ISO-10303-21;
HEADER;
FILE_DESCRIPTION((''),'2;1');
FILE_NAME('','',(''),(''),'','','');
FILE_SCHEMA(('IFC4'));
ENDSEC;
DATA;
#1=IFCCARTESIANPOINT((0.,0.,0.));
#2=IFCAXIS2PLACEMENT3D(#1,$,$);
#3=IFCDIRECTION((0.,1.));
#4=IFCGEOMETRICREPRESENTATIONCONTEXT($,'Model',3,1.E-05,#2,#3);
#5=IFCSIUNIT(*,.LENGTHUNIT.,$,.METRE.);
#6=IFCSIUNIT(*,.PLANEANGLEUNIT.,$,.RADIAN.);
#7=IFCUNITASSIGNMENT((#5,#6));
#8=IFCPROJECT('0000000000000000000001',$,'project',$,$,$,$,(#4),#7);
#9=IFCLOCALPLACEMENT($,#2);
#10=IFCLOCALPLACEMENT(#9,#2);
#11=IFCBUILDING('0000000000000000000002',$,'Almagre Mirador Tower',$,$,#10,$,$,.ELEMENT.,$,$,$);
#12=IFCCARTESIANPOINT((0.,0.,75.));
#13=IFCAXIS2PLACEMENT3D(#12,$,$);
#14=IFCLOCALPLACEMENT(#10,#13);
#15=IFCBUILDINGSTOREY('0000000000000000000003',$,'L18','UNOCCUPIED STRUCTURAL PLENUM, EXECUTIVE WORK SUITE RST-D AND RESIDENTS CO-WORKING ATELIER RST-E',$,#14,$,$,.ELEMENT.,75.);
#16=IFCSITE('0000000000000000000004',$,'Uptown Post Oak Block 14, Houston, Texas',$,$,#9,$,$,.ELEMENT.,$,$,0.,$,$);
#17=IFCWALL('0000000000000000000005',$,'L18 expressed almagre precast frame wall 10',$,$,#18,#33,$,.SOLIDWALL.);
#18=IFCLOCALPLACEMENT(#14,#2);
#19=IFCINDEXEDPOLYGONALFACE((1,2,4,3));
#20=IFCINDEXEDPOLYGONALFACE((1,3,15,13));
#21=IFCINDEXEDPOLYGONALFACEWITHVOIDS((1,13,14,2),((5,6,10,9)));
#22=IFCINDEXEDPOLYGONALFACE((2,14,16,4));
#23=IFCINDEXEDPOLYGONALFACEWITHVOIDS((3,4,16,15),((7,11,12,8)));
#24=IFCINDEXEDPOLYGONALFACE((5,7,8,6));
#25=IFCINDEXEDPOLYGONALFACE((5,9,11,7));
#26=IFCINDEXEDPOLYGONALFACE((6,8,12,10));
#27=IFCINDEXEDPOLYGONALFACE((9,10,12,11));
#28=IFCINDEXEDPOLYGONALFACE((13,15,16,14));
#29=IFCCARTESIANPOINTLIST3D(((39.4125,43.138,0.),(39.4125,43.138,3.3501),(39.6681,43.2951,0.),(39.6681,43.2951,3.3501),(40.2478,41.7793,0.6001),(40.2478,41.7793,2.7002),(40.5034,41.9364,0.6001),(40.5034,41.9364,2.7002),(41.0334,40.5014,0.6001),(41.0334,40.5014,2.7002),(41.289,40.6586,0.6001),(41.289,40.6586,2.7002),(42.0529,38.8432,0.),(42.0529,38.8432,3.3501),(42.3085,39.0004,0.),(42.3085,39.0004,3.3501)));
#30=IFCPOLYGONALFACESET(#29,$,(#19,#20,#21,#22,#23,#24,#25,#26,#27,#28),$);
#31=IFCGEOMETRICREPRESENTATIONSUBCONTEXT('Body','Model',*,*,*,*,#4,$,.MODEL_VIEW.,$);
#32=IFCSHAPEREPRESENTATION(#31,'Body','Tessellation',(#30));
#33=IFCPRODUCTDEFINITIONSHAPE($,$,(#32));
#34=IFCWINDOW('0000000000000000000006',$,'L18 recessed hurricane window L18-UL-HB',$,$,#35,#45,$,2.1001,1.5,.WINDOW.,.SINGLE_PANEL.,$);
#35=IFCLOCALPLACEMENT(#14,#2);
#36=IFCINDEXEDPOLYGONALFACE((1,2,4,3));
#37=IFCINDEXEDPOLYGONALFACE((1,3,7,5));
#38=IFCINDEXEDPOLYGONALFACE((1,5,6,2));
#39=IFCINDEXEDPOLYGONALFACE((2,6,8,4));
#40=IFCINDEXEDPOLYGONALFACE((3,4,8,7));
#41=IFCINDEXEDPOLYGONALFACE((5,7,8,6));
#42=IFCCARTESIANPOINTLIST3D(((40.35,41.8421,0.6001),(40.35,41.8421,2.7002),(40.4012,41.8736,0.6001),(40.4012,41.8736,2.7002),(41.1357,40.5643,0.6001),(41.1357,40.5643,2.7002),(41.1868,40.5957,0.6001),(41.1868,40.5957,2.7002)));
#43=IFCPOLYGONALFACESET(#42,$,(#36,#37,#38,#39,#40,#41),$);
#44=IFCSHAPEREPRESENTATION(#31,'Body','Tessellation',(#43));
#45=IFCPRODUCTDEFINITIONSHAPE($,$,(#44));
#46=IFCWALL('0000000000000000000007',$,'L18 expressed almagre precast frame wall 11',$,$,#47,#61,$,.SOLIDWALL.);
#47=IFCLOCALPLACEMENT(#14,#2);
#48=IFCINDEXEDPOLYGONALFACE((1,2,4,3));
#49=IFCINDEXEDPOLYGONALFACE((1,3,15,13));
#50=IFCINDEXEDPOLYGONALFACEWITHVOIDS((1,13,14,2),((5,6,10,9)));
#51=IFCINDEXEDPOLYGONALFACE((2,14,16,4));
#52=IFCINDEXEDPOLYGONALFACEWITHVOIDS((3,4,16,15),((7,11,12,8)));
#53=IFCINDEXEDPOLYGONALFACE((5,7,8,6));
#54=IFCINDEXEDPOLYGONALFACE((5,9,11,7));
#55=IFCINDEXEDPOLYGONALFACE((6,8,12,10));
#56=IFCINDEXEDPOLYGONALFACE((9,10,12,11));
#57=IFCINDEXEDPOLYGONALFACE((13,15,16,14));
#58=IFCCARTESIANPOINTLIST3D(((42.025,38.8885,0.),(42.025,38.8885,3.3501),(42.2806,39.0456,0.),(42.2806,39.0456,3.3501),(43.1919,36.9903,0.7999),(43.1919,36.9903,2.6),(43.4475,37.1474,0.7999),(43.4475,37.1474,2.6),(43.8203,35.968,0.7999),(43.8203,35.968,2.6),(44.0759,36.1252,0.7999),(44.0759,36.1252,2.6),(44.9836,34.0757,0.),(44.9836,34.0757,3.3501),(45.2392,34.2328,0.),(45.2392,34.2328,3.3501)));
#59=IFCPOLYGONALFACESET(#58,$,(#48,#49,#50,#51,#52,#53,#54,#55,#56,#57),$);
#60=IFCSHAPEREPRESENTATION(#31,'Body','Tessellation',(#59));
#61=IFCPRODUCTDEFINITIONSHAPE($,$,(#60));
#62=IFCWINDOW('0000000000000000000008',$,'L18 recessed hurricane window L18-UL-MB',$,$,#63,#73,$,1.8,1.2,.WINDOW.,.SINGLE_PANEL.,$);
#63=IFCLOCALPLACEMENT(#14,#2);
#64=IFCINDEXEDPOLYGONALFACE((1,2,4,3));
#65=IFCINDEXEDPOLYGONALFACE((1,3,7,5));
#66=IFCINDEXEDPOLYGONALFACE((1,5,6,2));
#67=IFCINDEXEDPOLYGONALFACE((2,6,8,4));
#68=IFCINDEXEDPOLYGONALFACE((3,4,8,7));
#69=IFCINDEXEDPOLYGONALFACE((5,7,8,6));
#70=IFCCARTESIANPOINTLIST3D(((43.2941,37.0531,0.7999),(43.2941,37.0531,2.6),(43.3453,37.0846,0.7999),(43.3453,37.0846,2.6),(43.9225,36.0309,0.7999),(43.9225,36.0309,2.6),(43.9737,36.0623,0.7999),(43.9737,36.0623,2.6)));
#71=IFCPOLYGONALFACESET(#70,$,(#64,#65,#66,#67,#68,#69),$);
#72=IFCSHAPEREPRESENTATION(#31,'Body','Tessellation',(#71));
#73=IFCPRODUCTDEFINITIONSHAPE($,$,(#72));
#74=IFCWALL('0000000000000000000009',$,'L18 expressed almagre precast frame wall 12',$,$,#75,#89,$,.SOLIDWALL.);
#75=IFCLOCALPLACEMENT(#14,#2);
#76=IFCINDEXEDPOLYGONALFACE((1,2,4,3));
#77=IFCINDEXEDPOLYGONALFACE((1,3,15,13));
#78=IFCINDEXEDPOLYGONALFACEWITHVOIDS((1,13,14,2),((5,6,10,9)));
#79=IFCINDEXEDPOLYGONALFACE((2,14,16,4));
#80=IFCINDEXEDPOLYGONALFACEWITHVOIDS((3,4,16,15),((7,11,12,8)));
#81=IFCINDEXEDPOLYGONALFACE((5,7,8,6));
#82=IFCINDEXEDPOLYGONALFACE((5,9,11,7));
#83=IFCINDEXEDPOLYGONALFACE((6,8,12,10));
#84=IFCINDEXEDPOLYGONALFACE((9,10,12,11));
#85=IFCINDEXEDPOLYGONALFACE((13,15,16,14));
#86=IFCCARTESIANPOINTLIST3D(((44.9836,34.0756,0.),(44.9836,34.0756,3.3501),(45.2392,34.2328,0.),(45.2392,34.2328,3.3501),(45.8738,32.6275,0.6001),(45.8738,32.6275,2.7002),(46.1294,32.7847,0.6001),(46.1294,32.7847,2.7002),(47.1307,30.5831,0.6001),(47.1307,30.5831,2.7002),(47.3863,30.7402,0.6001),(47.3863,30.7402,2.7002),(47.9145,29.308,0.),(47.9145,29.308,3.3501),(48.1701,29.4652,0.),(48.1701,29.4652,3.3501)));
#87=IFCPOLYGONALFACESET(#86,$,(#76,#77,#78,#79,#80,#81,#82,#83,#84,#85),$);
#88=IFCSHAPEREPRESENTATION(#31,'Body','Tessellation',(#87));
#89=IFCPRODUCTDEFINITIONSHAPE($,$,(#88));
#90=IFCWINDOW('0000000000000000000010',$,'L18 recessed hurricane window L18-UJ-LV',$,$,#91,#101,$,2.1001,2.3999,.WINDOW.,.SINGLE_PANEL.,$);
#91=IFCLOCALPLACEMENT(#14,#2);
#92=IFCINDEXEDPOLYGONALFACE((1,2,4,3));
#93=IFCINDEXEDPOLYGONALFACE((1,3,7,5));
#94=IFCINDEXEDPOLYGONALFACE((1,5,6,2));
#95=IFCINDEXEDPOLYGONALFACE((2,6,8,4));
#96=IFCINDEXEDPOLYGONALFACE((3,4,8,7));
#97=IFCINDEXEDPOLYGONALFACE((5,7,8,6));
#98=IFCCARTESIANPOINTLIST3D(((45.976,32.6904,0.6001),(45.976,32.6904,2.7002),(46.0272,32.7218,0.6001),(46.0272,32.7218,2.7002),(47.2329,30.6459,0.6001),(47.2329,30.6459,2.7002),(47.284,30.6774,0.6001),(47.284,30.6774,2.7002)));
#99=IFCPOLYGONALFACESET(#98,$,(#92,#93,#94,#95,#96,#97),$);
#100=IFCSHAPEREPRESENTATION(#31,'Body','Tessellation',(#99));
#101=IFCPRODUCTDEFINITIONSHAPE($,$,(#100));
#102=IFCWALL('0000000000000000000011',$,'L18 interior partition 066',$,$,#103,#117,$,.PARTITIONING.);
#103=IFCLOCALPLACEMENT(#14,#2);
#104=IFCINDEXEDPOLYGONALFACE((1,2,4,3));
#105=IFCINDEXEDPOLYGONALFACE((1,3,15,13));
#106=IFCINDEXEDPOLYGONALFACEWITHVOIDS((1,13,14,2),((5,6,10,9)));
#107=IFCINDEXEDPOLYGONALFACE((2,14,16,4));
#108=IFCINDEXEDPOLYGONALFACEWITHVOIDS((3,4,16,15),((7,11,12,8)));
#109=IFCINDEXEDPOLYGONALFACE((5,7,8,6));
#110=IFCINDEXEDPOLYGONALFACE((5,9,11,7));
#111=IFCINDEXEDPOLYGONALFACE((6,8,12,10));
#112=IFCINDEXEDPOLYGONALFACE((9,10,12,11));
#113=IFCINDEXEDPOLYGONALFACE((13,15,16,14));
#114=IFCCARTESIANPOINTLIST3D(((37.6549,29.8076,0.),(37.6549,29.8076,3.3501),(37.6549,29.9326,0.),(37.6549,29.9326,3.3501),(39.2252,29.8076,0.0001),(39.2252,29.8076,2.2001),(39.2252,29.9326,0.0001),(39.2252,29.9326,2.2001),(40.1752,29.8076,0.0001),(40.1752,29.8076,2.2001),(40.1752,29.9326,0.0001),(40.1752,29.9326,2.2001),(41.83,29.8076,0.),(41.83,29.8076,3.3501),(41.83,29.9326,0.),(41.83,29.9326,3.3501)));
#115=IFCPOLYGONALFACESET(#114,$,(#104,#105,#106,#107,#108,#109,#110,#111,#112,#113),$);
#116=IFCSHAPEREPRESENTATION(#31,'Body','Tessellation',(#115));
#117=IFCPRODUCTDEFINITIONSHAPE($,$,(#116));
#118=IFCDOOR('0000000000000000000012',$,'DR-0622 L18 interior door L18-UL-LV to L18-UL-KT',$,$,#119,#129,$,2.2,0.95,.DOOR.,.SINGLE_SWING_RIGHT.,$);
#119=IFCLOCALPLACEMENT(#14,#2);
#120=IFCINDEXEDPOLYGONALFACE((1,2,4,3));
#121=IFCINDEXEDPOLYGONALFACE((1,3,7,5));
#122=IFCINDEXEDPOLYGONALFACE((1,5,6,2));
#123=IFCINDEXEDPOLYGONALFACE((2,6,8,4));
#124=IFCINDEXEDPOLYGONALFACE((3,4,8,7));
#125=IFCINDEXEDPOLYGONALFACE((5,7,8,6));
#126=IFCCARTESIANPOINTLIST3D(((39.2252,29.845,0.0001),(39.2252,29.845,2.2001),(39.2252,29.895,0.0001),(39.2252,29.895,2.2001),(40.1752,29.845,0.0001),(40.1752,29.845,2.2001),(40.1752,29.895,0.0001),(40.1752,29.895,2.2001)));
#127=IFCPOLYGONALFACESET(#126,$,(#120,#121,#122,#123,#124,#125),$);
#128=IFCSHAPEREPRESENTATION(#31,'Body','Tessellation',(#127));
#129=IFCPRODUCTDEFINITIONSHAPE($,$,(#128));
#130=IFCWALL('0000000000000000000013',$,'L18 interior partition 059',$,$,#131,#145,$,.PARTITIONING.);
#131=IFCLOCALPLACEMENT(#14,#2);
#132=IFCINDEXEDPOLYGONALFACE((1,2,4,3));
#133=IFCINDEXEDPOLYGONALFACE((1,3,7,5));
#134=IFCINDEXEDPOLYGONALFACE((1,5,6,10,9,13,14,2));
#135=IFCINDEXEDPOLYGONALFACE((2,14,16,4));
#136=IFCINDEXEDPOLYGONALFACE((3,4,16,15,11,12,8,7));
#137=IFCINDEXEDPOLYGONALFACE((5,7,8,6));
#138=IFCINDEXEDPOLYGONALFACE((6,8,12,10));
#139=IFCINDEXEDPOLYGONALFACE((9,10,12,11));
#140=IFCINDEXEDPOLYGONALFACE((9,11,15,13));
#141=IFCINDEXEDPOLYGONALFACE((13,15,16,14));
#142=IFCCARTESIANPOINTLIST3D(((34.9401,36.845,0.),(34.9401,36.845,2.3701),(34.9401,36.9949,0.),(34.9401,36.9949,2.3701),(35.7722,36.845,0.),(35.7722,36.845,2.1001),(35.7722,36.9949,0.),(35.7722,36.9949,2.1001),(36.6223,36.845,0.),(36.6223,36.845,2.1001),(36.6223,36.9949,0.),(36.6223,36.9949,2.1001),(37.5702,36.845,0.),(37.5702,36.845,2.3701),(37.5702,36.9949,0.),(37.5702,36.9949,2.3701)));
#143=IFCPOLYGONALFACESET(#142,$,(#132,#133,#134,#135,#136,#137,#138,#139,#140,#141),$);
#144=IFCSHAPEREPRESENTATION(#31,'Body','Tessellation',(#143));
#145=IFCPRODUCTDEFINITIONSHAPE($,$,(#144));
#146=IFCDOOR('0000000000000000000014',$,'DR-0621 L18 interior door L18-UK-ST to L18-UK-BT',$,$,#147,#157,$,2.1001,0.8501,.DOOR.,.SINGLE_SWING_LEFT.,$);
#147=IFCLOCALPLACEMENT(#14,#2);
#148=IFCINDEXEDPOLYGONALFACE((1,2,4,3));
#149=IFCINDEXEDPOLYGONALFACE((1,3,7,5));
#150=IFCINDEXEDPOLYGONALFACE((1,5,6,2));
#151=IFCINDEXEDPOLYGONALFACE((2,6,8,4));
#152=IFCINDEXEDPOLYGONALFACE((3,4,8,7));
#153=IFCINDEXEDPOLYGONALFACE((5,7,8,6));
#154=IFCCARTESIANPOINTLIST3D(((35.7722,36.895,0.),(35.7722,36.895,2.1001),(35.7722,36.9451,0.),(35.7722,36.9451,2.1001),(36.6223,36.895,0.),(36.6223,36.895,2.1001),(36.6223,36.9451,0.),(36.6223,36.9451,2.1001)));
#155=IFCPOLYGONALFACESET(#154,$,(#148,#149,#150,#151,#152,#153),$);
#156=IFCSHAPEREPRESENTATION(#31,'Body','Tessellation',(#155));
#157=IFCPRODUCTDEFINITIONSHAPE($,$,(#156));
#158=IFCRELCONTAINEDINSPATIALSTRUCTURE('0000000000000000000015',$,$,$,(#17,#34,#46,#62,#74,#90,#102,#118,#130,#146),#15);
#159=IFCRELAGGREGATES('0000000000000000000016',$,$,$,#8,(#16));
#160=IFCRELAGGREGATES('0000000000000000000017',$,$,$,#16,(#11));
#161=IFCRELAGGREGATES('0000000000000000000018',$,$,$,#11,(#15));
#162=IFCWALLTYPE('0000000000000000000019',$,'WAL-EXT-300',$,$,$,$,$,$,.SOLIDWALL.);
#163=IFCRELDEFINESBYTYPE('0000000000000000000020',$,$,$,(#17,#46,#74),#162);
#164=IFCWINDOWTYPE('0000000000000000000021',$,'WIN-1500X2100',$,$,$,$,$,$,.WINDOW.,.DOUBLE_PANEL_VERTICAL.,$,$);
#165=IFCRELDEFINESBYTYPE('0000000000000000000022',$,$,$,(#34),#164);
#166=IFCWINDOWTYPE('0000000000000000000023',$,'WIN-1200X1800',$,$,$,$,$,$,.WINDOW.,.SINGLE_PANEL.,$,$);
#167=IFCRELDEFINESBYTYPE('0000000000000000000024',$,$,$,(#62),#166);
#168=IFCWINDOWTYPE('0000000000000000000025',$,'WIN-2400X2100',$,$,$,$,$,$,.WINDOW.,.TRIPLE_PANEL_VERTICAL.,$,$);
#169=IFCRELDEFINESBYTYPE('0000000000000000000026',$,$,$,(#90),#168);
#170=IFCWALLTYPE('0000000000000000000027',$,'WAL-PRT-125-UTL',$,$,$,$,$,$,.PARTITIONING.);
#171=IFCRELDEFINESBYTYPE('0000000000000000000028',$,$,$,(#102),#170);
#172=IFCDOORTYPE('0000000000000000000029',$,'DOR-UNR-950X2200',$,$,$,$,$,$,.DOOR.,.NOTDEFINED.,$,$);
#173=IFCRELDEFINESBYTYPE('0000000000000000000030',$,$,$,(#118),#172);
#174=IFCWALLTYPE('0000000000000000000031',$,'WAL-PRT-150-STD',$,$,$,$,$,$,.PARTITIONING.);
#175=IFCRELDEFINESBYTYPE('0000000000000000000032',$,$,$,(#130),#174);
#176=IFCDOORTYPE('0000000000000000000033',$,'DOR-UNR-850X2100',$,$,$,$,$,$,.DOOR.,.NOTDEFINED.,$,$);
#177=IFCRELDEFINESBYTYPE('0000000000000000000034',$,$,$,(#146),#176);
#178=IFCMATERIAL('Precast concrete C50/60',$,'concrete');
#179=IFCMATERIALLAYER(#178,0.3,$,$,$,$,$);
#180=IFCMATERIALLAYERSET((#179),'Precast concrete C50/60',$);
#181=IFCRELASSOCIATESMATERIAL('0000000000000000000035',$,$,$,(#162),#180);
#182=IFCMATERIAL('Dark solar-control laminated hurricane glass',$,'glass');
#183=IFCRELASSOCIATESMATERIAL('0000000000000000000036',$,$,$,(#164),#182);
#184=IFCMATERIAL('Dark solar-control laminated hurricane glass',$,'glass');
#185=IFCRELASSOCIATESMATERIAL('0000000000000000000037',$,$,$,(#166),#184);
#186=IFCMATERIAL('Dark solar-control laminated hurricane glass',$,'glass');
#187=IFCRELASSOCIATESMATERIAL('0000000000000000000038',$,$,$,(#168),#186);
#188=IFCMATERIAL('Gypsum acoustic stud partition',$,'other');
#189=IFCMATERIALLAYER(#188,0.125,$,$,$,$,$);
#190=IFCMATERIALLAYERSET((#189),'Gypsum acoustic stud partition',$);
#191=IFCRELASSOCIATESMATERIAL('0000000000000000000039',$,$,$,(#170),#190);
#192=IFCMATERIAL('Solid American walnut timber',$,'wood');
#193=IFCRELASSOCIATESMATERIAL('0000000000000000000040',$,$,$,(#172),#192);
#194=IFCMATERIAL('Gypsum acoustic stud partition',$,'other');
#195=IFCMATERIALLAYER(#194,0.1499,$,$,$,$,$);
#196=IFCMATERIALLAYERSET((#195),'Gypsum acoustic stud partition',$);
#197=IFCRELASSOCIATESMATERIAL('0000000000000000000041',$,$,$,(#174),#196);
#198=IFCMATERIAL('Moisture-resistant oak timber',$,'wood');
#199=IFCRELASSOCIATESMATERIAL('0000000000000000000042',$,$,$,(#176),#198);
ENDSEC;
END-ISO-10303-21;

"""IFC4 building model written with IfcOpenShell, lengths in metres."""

from ifc_helpers import new_model, si_unit, direction, frame, frame_2d, origin, place, context, subcontext, project, spatial, rectangle, extrude, material, layer, layer_set, type_object, element, fill, save


model = new_model("IFC4")

# Units and contexts
model_context = context("Model", 3, precision=1e-05, world=origin(), true_north=direction((0.0, 1.0)))
body_context = subcontext(model_context, "Body", "Model", "MODEL_VIEW")
ifc_project = project(units=[si_unit("LENGTHUNIT", "METRE"), si_unit("PLANEANGLEUNIT", "RADIAN")], contexts=[model_context])

# Site, building, storey
site_placement = place(None, origin())
site = spatial("IfcSite", under=ifc_project, at=site_placement, Name="Uptown Post Oak Block 14, Houston, Texas", CompositionType="ELEMENT", RefElevation=0.0)
building_placement = place(site_placement, origin())
building = spatial("IfcBuilding", under=site, at=building_placement, Name="Almagre Mirador Tower", CompositionType="ELEMENT")
storey_placement = place(building_placement, frame((0.0, 0.0, 75.0)))
storey = spatial("IfcBuildingStorey", under=building, at=storey_placement, Name="L18", Description="UNOCCUPIED STRUCTURAL PLENUM, EXECUTIVE WORK SUITE RST-D AND RESIDENTS CO-WORKING ATELIER RST-E", CompositionType="ELEMENT", Elevation=75.0)

# Shared definitions
ifc_material_1 = material(Name="Precast concrete C50/60", Category="concrete")
ifc_layer_1 = layer(ifc_material_1, 0.3)
ifc_layer_set_1 = layer_set([ifc_layer_1], Name="Precast concrete C50/60")
wall_type_1 = type_object("IfcWallType", Name="WAL-EXT-300", PredefinedType="SOLIDWALL", material=ifc_layer_set_1)

# Walls, openings, windows
wall_1_placement = place(storey_placement, frame((39.5403, 43.2166, 0.0), z_axis=(0.0, 0.0, 1.0), x_axis=(0.523738, -0.851879, 0.0)))
wall_1 = element("IfcWall", 1, at=wall_1_placement, inside=storey, type_object=wall_type_1, Name="L18 expressed almagre precast frame wall 10", PredefinedType="SOLIDWALL", context=body_context, shape_type="SweptSolid", body=[
    extrude(rectangle(XDim=5.0415, YDim=0.3, at=frame_2d((2.5208, 0.0))), origin(), (0.0, 0.0, 1.0), 3.3501),
])
opening_1_placement = place(wall_1_placement, frame((1.595, 0.0, 0.6001)))
opening_1 = element("IfcOpeningElement", 2, at=opening_1_placement, cuts=wall_1, PredefinedType="OPENING", context=body_context, shape_type="SweptSolid", body=[
    extrude(rectangle(XDim=1.5, YDim=2.1001, at=frame_2d((0.75, 1.05))), frame((0.0, 0.1599, 0.0), z_axis=(0.0, -1.0, 0.0), x_axis=(1.0, 0.0, 0.0)), (0.0, 0.0, 1.0), 0.32),
])
ifc_material_2 = material(Name="Dark solar-control laminated hurricane glass", Category="glass")
window_type_1 = type_object("IfcWindowType", Name="WIN-1500X2100", PartitioningType="DOUBLE_PANEL_VERTICAL", PredefinedType="WINDOW", material=ifc_material_2)
window_1_placement = place(opening_1_placement, origin())
window_1 = element("IfcWindow", 3, at=window_1_placement, inside=storey, type_object=window_type_1, Name="L18 recessed hurricane window L18-UL-HB", OverallHeight=2.1001, OverallWidth=1.5, PartitioningType="SINGLE_PANEL", PredefinedType="WINDOW", context=body_context, shape_type="SweptSolid", body=[
    extrude(rectangle(XDim=1.5, YDim=2.1001, at=frame_2d((0.75, 1.05))), frame((0.0, 0.03, 0.0), z_axis=(0.0, -1.0, 0.0), x_axis=(1.0, 0.0, 0.0)), (0.0, 0.0, 1.0), 0.0601),
])
fill(opening_1, window_1)
wall_2_placement = place(storey_placement, frame((42.1528, 38.967, 0.0), z_axis=(0.0, 0.0, 1.0), x_axis=(0.523687, -0.85191, 0.0)))
wall_2 = element("IfcWall", 4, at=wall_2_placement, inside=storey, type_object=wall_type_1, Name="L18 expressed almagre precast frame wall 11", PredefinedType="SOLIDWALL", context=body_context, shape_type="SweptSolid", body=[
    extrude(rectangle(XDim=5.6494, YDim=0.3, at=frame_2d((2.8247, 0.0))), origin(), (0.0, 0.0, 1.0), 3.3501),
])
opening_2_placement = place(wall_2_placement, frame((2.228, 0.0, 0.8)))
opening_2 = element("IfcOpeningElement", 5, at=opening_2_placement, cuts=wall_2, PredefinedType="OPENING", context=body_context, shape_type="SweptSolid", body=[
    extrude(rectangle(XDim=1.2, YDim=1.8, at=frame_2d((0.6001, 0.8999))), frame((0.0, 0.1599, 0.0), z_axis=(0.0, -1.0, 0.0), x_axis=(1.0, 0.0, 0.0)), (0.0, 0.0, 1.0), 0.32),
])
ifc_material_3 = material(Name="Dark solar-control laminated hurricane glass", Category="glass")
window_type_2 = type_object("IfcWindowType", Name="WIN-1200X1800", PartitioningType="SINGLE_PANEL", PredefinedType="WINDOW", material=ifc_material_3)
window_2_placement = place(opening_2_placement, origin())
window_2 = element("IfcWindow", 6, at=window_2_placement, inside=storey, type_object=window_type_2, Name="L18 recessed hurricane window L18-UL-MB", OverallHeight=1.8, OverallWidth=1.2, PartitioningType="SINGLE_PANEL", PredefinedType="WINDOW", context=body_context, shape_type="SweptSolid", body=[
    extrude(rectangle(XDim=1.2, YDim=1.8, at=frame_2d((0.6001, 0.8999))), frame((0.0, 0.03, 0.0), z_axis=(0.0, -1.0, 0.0), x_axis=(1.0, 0.0, 0.0)), (0.0, 0.0, 1.0), 0.0601),
])
fill(opening_2, window_2)
wall_3_placement = place(storey_placement, frame((45.1113, 34.1543, 0.0), z_axis=(0.0, 0.0, 1.0), x_axis=(0.52371, -0.851896, 0.0)))
wall_3 = element("IfcWall", 7, at=wall_3_placement, inside=storey, type_object=wall_type_1, Name="L18 expressed almagre precast frame wall 12", PredefinedType="SOLIDWALL", context=body_context, shape_type="SweptSolid", body=[
    extrude(rectangle(XDim=5.5964, YDim=0.3, at=frame_2d((2.7983, 0.0))), origin(), (0.0, 0.0, 1.0), 3.3501),
])
opening_3_placement = place(wall_3_placement, frame((1.7, 0.0, 0.6001)))
opening_3 = element("IfcOpeningElement", 8, at=opening_3_placement, cuts=wall_3, PredefinedType="OPENING", context=body_context, shape_type="SweptSolid", body=[
    extrude(rectangle(XDim=2.3999, YDim=2.1001, at=frame_2d((1.2, 1.05))), frame((0.0, 0.1599, 0.0), z_axis=(0.0, -1.0, 0.0), x_axis=(1.0, 0.0, 0.0)), (0.0, 0.0, 1.0), 0.32),
])
ifc_material_4 = material(Name="Dark solar-control laminated hurricane glass", Category="glass")
window_type_3 = type_object("IfcWindowType", Name="WIN-2400X2100", PartitioningType="TRIPLE_PANEL_VERTICAL", PredefinedType="WINDOW", material=ifc_material_4)
window_3_placement = place(opening_3_placement, origin())
window_3 = element("IfcWindow", 9, at=window_3_placement, inside=storey, type_object=window_type_3, Name="L18 recessed hurricane window L18-UJ-LV", OverallHeight=2.1001, OverallWidth=2.3999, PartitioningType="SINGLE_PANEL", PredefinedType="WINDOW", context=body_context, shape_type="SweptSolid", body=[
    extrude(rectangle(XDim=2.3999, YDim=2.1001, at=frame_2d((1.2, 1.05))), frame((0.0, 0.03, 0.0), z_axis=(0.0, -1.0, 0.0), x_axis=(1.0, 0.0, 0.0)), (0.0, 0.0, 1.0), 0.0601),
])
fill(opening_3, window_3)

# Walls, openings, doors
ifc_material_5 = material(Name="Gypsum acoustic stud partition", Category="other")
ifc_layer_2 = layer(ifc_material_5, 0.125)
ifc_layer_set_2 = layer_set([ifc_layer_2], Name="Gypsum acoustic stud partition")
wall_type_2 = type_object("IfcWallType", Name="WAL-PRT-125-UTL", PredefinedType="PARTITIONING", material=ifc_layer_set_2)
wall_4_placement = place(storey_placement, frame((37.655, 29.8701, 0.0), z_axis=(0.0, 0.0, 1.0), x_axis=(1.0, 0.0, 0.0)))
wall_4 = element("IfcWall", 10, at=wall_4_placement, inside=storey, type_object=wall_type_2, Name="L18 interior partition 066", PredefinedType="PARTITIONING", context=body_context, shape_type="SweptSolid", body=[
    extrude(rectangle(XDim=4.175, YDim=0.125, at=frame_2d((2.0874, 0.0))), origin(), (0.0, 0.0, 1.0), 3.3501),
])
opening_4_placement = place(wall_4_placement, frame((1.5701, 0.0, 0.0)))
opening_4 = element("IfcOpeningElement", 11, at=opening_4_placement, cuts=wall_4, PredefinedType="OPENING", context=body_context, shape_type="SweptSolid", body=[
    extrude(rectangle(XDim=0.95, YDim=2.2, at=frame_2d((0.4751, 1.1001))), frame((0.0, 0.0725, 0.0), z_axis=(0.0, -1.0, 0.0), x_axis=(1.0, 0.0, 0.0)), (0.0, 0.0, 1.0), 0.145),
])
ifc_material_6 = material(Name="Solid American walnut timber", Category="wood")
door_type_1 = type_object("IfcDoorType", Name="DOR-UNR-950X2200", OperationType="NOTDEFINED", PredefinedType="DOOR", material=ifc_material_6)
door_1_placement = place(opening_4_placement, origin())
door_1 = element("IfcDoor", 12, at=door_1_placement, inside=storey, type_object=door_type_1, Name="DR-0622 L18 interior door L18-UL-LV to L18-UL-KT", OperationType="SINGLE_SWING_RIGHT", OverallHeight=2.2, OverallWidth=0.95, PredefinedType="DOOR", context=body_context, shape_type="SweptSolid", body=[
    extrude(rectangle(XDim=0.95, YDim=2.2, at=frame_2d((0.4751, 1.1001))), frame((0.0, 0.0249, 0.0), z_axis=(0.0, -1.0, 0.0), x_axis=(1.0, 0.0, 0.0)), (0.0, 0.0, 1.0), 0.05),
])
fill(opening_4, door_1)
ifc_material_7 = material(Name="Gypsum acoustic stud partition", Category="other")
ifc_layer_3 = layer(ifc_material_7, 0.1499)
ifc_layer_set_3 = layer_set([ifc_layer_3], Name="Gypsum acoustic stud partition")
wall_type_3 = type_object("IfcWallType", Name="WAL-PRT-150-STD", PredefinedType="PARTITIONING", material=ifc_layer_set_3)
wall_5_placement = place(storey_placement, frame((37.5701, 36.9199, 0.0), z_axis=(0.0, 0.0, 1.0), x_axis=(-1.0, 0.0, 0.0)))
wall_5 = element("IfcWall", 13, at=wall_5_placement, inside=storey, type_object=wall_type_3, Name="L18 interior partition 059", PredefinedType="PARTITIONING", context=body_context, shape_type="SweptSolid", body=[
    extrude(rectangle(XDim=2.6301, YDim=0.1499, at=frame_2d((1.3149, 0.0))), origin(), (0.0, 0.0, 1.0), 2.3701),
])
opening_5_placement = place(wall_5_placement, frame((0.9478, 0.0, 0.0)))
opening_5 = element("IfcOpeningElement", 14, at=opening_5_placement, cuts=wall_5, PredefinedType="OPENING", context=body_context, shape_type="SweptSolid", body=[
    extrude(rectangle(XDim=0.8501, YDim=2.1001, at=frame_2d((0.425, 1.05))), frame((0.0, 0.085, 0.0), z_axis=(0.0, -1.0, 0.0), x_axis=(1.0, 0.0, 0.0)), (0.0, 0.0, 1.0), 0.1699),
])
ifc_material_8 = material(Name="Moisture-resistant oak timber", Category="wood")
door_type_2 = type_object("IfcDoorType", Name="DOR-UNR-850X2100", OperationType="NOTDEFINED", PredefinedType="DOOR", material=ifc_material_8)
door_2_placement = place(opening_5_placement, origin())
door_2 = element("IfcDoor", 15, at=door_2_placement, inside=storey, type_object=door_type_2, Name="DR-0621 L18 interior door L18-UK-ST to L18-UK-BT", OperationType="SINGLE_SWING_LEFT", OverallHeight=2.1001, OverallWidth=0.8501, PredefinedType="DOOR", context=body_context, shape_type="SweptSolid", body=[
    extrude(rectangle(XDim=0.8501, YDim=2.1001, at=frame_2d((0.425, 1.05))), frame((0.0, 0.0249, 0.0), z_axis=(0.0, -1.0, 0.0), x_axis=(1.0, 0.0, 0.0)), (0.0, 0.0, 1.0), 0.05),
])
fill(opening_5, door_2)

save(model, "model.ifc")
